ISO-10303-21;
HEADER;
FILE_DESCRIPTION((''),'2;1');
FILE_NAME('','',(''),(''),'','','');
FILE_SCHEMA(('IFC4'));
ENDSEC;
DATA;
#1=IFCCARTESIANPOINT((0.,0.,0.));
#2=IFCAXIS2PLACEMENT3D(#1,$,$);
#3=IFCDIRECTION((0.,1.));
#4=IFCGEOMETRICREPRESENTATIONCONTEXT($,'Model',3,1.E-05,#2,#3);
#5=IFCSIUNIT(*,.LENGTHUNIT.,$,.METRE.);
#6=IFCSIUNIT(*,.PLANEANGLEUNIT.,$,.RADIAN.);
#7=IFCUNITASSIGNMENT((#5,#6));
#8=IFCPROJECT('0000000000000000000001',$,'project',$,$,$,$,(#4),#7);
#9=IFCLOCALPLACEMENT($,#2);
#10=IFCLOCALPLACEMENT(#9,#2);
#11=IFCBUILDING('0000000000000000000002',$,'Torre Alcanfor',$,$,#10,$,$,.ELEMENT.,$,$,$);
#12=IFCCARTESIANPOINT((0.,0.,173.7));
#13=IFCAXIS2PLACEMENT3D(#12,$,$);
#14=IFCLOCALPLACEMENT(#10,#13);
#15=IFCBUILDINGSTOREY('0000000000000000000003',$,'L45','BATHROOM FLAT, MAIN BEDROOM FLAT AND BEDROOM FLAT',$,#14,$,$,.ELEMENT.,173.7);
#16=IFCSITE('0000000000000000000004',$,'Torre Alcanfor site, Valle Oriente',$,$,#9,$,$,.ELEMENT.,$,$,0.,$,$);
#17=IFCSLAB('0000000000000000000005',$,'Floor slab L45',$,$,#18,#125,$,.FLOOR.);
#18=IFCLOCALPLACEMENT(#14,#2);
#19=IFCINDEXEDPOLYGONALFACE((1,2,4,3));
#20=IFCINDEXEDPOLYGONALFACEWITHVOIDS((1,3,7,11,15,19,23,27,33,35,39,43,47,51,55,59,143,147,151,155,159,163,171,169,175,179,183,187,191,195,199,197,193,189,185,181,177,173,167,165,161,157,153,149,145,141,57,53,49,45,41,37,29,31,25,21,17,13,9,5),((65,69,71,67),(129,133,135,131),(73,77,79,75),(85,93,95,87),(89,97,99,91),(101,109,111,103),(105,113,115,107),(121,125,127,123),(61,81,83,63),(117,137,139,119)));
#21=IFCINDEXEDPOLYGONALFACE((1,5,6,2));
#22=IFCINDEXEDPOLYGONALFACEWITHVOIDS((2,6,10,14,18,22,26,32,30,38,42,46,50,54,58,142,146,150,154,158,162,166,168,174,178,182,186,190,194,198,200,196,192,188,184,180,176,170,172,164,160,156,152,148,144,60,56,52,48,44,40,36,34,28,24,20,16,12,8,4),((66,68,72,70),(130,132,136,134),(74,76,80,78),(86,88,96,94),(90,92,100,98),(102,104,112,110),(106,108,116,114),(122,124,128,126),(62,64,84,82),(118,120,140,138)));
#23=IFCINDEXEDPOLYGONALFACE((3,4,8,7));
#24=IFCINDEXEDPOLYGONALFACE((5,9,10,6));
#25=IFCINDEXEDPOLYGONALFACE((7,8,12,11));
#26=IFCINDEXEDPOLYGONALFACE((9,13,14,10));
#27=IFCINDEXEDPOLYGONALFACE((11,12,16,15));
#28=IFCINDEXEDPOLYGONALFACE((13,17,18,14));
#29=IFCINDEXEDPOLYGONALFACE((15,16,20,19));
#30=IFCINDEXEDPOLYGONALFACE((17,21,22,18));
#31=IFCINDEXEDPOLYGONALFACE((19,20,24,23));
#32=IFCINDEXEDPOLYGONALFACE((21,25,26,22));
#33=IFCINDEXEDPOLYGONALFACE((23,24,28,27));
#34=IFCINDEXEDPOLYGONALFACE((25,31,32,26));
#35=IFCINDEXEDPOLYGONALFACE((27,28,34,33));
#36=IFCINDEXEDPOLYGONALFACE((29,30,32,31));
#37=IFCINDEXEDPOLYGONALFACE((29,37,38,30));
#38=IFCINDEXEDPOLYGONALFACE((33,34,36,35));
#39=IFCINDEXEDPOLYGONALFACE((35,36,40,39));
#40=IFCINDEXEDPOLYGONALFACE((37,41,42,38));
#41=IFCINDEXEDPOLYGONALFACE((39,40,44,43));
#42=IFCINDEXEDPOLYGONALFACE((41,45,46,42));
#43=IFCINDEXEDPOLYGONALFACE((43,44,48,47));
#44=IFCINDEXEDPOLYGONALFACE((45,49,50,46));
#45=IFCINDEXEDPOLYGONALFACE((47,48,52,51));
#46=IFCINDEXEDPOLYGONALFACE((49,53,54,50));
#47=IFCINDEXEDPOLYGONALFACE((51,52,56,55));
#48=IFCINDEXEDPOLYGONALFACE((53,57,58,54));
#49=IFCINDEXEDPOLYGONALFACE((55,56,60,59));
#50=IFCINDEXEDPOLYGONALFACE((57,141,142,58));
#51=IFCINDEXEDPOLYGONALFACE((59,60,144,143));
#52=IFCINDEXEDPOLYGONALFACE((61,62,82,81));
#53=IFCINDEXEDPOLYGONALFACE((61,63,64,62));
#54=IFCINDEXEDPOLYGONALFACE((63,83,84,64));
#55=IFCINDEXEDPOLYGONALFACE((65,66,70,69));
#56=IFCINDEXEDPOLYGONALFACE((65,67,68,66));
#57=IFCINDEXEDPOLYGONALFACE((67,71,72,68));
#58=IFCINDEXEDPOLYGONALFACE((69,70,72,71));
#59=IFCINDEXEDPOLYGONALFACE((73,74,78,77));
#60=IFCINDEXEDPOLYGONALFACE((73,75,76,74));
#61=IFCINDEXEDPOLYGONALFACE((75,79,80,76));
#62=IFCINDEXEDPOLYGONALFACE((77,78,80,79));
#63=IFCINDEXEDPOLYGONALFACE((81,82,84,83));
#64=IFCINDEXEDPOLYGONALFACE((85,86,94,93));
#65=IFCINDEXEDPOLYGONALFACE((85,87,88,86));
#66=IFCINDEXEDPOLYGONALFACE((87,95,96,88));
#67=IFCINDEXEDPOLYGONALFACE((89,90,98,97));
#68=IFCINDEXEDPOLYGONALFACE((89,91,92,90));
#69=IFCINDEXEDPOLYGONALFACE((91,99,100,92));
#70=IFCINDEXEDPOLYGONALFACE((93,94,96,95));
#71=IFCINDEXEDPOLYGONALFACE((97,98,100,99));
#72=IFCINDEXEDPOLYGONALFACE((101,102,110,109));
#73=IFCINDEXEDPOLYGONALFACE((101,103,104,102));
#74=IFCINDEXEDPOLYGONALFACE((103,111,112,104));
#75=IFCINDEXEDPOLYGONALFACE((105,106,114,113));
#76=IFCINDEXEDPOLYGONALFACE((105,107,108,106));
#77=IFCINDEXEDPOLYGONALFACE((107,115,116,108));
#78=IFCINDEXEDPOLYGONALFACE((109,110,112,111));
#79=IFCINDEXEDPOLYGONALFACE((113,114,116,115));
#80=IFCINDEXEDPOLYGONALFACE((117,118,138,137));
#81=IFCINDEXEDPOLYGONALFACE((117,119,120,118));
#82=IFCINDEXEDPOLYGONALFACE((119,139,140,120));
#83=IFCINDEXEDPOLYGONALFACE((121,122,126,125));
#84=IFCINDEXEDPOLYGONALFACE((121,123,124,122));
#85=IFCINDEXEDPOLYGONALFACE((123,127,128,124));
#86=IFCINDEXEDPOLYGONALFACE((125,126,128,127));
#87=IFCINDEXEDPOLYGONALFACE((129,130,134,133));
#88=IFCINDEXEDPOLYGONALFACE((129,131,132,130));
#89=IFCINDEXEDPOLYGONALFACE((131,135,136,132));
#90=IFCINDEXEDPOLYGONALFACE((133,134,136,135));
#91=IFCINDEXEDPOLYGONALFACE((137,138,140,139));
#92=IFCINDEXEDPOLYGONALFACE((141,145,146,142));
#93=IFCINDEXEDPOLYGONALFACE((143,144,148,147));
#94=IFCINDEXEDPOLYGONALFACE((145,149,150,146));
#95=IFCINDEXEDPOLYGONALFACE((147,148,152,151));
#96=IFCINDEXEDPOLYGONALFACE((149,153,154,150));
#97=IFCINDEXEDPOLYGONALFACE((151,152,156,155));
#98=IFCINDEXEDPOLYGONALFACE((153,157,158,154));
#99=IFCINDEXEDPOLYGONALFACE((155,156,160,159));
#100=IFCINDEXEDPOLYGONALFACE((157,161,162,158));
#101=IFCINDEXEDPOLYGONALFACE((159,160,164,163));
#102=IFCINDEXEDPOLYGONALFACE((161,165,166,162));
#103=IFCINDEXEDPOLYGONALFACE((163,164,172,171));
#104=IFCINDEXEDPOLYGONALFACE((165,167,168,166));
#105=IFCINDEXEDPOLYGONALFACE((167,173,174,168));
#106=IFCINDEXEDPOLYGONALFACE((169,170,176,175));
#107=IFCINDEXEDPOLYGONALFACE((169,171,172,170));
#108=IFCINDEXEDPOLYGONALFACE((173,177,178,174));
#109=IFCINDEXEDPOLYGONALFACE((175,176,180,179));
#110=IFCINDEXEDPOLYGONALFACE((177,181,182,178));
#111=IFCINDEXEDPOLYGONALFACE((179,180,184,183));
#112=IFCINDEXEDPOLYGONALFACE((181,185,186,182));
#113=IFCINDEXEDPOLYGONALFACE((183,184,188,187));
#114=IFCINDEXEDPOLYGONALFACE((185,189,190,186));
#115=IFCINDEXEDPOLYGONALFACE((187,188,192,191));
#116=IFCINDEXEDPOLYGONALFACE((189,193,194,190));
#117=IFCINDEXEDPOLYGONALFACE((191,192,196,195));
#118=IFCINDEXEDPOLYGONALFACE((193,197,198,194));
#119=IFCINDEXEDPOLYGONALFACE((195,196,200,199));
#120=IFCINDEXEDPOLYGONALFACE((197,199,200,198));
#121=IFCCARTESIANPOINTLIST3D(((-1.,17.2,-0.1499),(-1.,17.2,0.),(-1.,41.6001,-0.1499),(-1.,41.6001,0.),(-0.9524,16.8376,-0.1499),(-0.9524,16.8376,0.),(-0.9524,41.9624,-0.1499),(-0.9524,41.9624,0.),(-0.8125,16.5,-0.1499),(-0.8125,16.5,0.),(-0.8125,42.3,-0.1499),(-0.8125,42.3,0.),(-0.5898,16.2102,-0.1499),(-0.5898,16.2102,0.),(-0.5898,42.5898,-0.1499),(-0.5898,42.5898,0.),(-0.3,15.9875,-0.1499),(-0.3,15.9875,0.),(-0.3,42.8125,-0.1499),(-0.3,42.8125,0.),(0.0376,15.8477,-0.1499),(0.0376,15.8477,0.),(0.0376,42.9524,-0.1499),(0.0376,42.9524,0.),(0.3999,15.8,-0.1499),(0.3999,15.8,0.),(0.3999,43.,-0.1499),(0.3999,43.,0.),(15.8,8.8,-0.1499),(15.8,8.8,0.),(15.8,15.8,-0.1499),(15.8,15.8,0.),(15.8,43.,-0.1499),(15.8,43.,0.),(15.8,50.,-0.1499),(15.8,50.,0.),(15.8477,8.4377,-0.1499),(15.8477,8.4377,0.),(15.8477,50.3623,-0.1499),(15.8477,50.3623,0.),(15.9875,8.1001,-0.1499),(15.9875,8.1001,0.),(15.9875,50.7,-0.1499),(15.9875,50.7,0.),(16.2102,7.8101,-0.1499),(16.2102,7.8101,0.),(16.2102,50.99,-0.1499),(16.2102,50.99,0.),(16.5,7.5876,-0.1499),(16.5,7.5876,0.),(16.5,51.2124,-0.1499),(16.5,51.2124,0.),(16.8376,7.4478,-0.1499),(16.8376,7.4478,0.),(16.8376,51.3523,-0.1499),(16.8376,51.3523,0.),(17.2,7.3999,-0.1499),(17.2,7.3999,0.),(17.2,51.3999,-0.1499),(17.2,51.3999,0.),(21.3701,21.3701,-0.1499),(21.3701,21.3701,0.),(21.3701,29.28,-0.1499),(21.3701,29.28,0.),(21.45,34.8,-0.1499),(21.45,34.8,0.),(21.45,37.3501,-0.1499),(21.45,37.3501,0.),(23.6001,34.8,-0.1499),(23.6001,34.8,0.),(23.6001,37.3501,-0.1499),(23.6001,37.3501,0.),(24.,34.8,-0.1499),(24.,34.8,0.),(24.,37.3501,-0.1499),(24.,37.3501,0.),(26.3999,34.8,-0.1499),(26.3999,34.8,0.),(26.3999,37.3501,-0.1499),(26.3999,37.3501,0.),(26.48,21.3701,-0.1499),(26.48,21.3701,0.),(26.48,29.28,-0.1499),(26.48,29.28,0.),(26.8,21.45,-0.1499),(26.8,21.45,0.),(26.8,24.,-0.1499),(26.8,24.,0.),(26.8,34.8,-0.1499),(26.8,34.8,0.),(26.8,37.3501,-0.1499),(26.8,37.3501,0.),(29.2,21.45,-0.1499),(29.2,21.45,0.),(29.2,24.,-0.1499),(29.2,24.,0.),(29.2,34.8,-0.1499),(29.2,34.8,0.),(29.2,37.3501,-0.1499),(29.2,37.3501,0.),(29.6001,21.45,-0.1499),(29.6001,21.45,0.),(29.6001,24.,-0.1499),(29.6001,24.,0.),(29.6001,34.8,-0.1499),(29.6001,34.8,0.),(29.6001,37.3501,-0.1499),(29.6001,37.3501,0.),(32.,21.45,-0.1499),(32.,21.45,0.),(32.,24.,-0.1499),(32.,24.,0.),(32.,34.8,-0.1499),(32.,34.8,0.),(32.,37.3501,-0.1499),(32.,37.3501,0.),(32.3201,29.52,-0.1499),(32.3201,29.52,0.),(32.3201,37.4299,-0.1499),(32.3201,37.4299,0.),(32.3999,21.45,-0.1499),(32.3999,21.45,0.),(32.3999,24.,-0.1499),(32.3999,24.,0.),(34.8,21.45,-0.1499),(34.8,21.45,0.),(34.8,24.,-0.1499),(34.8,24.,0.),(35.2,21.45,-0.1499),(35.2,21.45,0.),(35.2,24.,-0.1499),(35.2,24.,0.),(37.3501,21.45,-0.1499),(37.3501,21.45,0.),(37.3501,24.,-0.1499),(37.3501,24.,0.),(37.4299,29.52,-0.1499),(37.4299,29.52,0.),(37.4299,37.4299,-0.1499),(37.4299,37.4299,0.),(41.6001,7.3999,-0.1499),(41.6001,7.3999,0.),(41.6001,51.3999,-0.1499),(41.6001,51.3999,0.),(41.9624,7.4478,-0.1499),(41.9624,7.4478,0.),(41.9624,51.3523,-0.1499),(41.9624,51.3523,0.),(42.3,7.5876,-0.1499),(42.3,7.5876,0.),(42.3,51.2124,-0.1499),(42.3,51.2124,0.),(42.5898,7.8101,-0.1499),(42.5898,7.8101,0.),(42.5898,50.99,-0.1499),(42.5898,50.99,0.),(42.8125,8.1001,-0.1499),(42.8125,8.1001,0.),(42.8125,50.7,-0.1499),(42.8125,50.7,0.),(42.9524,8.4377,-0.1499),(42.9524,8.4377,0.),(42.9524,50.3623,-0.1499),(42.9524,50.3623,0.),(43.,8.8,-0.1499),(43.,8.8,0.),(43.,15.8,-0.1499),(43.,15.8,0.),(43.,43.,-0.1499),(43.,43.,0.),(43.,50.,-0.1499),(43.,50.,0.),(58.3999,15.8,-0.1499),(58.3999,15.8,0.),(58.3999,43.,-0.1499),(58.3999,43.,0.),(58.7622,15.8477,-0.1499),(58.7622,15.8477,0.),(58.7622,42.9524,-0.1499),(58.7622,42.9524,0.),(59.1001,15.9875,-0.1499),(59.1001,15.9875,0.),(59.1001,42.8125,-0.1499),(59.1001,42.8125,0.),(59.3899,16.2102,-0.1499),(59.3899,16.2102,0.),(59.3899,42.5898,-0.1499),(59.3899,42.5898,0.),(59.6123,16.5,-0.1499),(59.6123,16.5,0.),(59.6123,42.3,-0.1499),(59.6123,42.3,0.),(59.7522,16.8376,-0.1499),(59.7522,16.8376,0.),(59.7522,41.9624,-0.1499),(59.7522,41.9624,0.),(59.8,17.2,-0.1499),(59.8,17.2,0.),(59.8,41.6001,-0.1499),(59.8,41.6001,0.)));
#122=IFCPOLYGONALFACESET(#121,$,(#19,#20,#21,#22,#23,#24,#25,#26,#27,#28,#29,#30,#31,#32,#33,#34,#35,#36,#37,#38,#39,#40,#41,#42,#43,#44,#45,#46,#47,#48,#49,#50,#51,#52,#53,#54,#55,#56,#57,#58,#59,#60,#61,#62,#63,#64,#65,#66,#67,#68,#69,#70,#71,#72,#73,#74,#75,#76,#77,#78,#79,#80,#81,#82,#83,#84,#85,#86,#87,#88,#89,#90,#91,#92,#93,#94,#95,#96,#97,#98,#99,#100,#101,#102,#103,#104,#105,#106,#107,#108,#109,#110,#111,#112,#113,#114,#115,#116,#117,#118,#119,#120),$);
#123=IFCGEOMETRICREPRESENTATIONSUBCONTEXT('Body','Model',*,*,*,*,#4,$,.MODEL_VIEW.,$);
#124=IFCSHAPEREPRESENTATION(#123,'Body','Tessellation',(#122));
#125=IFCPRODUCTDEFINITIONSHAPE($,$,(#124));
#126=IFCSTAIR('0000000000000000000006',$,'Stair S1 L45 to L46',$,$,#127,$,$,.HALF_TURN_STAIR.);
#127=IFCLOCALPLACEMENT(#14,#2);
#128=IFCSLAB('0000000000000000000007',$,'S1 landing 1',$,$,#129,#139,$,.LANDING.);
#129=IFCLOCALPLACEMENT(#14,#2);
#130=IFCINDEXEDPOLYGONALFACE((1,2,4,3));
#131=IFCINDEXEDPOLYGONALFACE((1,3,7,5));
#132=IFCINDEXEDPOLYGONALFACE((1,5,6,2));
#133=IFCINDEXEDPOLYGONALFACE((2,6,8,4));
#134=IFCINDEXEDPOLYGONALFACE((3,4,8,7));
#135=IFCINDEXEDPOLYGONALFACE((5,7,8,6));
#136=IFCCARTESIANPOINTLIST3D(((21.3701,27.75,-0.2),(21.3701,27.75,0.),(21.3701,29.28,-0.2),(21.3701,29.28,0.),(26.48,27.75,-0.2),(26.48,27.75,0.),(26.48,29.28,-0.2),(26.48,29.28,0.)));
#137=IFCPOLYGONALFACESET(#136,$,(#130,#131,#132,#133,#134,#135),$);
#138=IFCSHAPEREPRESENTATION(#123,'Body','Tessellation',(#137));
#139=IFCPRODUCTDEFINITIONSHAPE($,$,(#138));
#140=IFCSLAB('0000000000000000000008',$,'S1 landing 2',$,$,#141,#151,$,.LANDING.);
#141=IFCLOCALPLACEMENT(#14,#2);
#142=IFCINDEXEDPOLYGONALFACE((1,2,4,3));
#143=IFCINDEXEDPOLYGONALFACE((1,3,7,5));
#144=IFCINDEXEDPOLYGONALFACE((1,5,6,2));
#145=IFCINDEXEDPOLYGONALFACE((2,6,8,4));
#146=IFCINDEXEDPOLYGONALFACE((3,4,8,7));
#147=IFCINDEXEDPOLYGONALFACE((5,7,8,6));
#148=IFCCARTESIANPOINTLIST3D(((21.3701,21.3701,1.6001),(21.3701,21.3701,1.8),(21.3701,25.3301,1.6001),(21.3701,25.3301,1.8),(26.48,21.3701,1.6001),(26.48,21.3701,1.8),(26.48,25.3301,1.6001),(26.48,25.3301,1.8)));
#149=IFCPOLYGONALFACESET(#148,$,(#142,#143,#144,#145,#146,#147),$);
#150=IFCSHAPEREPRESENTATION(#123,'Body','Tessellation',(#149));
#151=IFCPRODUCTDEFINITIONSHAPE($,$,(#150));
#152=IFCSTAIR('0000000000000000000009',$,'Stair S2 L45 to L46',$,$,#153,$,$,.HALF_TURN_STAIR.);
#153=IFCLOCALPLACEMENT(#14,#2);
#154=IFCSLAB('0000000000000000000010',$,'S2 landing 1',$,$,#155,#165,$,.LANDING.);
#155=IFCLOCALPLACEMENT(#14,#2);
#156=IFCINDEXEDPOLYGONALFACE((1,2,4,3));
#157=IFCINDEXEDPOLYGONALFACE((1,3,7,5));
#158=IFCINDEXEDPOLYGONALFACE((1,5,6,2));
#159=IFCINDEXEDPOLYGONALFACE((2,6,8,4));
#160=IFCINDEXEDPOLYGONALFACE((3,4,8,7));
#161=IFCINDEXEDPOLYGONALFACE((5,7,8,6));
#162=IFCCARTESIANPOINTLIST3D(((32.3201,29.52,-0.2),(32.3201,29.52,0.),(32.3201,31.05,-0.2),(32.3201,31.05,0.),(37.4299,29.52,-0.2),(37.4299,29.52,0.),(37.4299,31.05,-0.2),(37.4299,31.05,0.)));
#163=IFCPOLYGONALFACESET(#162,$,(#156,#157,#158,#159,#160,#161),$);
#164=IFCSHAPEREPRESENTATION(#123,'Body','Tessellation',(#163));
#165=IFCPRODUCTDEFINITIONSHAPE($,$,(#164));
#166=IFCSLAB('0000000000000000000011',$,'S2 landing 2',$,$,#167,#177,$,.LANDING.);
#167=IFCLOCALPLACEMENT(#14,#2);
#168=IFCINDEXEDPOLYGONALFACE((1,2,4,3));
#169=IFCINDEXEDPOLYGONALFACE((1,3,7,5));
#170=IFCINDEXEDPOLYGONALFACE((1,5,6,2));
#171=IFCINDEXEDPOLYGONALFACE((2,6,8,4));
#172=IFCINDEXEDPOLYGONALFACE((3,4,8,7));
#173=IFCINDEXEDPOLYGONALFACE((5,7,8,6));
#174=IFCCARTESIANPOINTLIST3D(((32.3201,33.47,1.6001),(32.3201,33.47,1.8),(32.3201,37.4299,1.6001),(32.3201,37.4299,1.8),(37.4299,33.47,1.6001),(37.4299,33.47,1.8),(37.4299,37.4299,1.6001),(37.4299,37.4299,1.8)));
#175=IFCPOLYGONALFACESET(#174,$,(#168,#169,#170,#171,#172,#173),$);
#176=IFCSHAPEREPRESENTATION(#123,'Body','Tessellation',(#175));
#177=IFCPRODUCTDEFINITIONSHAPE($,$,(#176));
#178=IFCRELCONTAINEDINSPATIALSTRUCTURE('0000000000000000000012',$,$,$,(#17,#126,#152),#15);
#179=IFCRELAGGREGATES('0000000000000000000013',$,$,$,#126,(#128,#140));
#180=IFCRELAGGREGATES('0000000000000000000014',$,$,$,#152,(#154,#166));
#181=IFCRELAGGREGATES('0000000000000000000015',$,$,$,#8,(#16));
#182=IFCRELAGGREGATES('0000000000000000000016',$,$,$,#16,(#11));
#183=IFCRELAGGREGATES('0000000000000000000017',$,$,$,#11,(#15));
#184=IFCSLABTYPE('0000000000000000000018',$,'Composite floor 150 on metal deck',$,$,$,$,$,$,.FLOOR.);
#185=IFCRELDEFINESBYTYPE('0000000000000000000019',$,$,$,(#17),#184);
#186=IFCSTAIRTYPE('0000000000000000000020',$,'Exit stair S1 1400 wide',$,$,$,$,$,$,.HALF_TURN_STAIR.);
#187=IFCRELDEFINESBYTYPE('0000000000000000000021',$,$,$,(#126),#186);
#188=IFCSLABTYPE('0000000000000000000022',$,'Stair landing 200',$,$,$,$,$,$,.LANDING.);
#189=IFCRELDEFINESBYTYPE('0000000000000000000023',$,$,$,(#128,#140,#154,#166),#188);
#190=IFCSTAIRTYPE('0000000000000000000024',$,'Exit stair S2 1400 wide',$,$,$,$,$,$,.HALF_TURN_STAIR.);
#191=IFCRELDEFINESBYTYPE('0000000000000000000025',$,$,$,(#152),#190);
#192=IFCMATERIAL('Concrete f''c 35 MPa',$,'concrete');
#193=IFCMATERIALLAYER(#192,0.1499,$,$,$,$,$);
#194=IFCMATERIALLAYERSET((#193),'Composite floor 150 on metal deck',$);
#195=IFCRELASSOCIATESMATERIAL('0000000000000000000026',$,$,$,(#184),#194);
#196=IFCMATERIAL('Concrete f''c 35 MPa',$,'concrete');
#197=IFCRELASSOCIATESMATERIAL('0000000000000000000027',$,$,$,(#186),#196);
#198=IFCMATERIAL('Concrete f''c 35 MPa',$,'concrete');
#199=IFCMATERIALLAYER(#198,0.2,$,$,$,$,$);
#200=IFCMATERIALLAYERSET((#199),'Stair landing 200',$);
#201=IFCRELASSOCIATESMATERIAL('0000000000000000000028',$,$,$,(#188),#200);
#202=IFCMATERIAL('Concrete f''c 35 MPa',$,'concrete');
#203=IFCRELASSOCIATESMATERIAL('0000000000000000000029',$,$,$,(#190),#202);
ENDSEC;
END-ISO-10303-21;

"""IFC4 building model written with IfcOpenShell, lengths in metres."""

from ifc_helpers import new_model, si_unit, direction, frame, origin, place, context, subcontext, project, spatial, polyline, outline, extrude, material, layer, layer_set, type_object, element, aggregate, save


model = new_model("IFC4")

# Units and contexts
model_context = context("Model", 3, precision=1e-05, world=origin(), true_north=direction((0.0, 1.0)))
body_context = subcontext(model_context, "Body", "Model", "MODEL_VIEW")
ifc_project = project(units=[si_unit("LENGTHUNIT", "METRE"), si_unit("PLANEANGLEUNIT", "RADIAN")], contexts=[model_context])

# Site, building, storey
site_placement = place(None, origin())
site = spatial("IfcSite", under=ifc_project, at=site_placement, Name="Torre Alcanfor site, Valle Oriente", CompositionType="ELEMENT", RefElevation=0.0)
building_placement = place(site_placement, origin())
building = spatial("IfcBuilding", under=site, at=building_placement, Name="Torre Alcanfor", CompositionType="ELEMENT")
storey_placement = place(building_placement, frame((0.0, 0.0, 173.7)))
storey = spatial("IfcBuildingStorey", under=building, at=storey_placement, Name="L45", Description="BATHROOM FLAT, MAIN BEDROOM FLAT AND BEDROOM FLAT", CompositionType="ELEMENT", Elevation=173.7)

# Slab
ifc_material_1 = material(Name="Concrete f'c 35 MPa", Category="concrete")
ifc_layer_1 = layer(ifc_material_1, 0.1499)
ifc_layer_set_1 = layer_set([ifc_layer_1], Name="Composite floor 150 on metal deck")
slab_type_1 = type_object("IfcSlabType", Name="Composite floor 150 on metal deck", PredefinedType="FLOOR", material=ifc_layer_set_1)
slab_1_placement = place(storey_placement, frame((0.0, 0.0, -0.1499)))
element("IfcSlab", 1, at=slab_1_placement, inside=storey, type_object=slab_type_1, Name="Floor slab L45", PredefinedType="FLOOR", context=body_context, shape_type="SweptSolid", body=[
    extrude(outline(polyline([(15.8, 43.0), (0.3999, 43.0), (0.0376, 42.9524), (-0.3, 42.8125), (-0.5898, 42.5898), (-0.8125, 42.3), (-0.9524, 41.9624), (-1.0, 41.6001), (-1.0, 17.2), (-0.9524, 16.8376), (-0.8125, 16.5), (-0.5898, 16.2102), (-0.3, 15.9875), (0.0376, 15.8477), (0.3999, 15.8), (15.8, 15.8), (15.8, 8.8), (15.8477, 8.4377), (15.9875, 8.1001), (16.2102, 7.8101), (16.5, 7.5876), (16.8376, 7.4478), (17.2, 7.3999), (41.6001, 7.3999), (41.9624, 7.4478), (42.3, 7.5876), (42.5898, 7.8101), (42.8125, 8.1001), (42.9524, 8.4377), (43.0, 8.8), (43.0, 15.8), (58.3999, 15.8), (58.7622, 15.8477), (59.1001, 15.9875), (59.3899, 16.2102), (59.6123, 16.5), (59.7522, 16.8376), (59.8, 17.2), (59.8, 41.6001), (59.7522, 41.9624), (59.6123, 42.3), (59.3899, 42.5898), (59.1001, 42.8125), (58.7622, 42.9524), (58.3999, 43.0), (43.0, 43.0), (43.0, 50.0), (42.9524, 50.3623), (42.8125, 50.7), (42.5898, 50.99), (42.3, 51.2124), (41.9624, 51.3523), (41.6001, 51.3999), (17.2, 51.3999), (16.8376, 51.3523), (16.5, 51.2124), (16.2102, 50.99), (15.9875, 50.7), (15.8477, 50.3623), (15.8, 50.0), (15.8, 43.0)]), holes=[polyline([(21.3701, 21.3701), (26.48, 21.3701), (26.48, 29.28), (21.3701, 29.28), (21.3701, 21.3701)]), polyline([(32.3201, 29.52), (37.4299, 29.52), (37.4299, 37.4299), (32.3201, 37.4299), (32.3201, 29.52)]), polyline([(26.8, 21.45), (29.2, 21.45), (29.2, 24.0), (26.8, 24.0), (26.8, 21.45)]), polyline([(29.6001, 21.45), (32.0, 21.45), (32.0, 24.0), (29.6001, 24.0), (29.6001, 21.45)]), polyline([(32.3999, 21.45), (34.8, 21.45), (34.8, 24.0), (32.3999, 24.0), (32.3999, 21.45)]), polyline([(35.2, 21.45), (37.3501, 21.45), (37.3501, 24.0), (35.2, 24.0), (35.2, 21.45)]), polyline([(21.45, 34.8), (23.6001, 34.8), (23.6001, 37.3501), (21.45, 37.3501), (21.45, 34.8)]), polyline([(24.0, 34.8), (26.3999, 34.8), (26.3999, 37.3501), (24.0, 37.3501), (24.0, 34.8)]), polyline([(26.8, 34.8), (29.2, 34.8), (29.2, 37.3501), (26.8, 37.3501), (26.8, 34.8)]), polyline([(29.6001, 34.8), (32.0, 34.8), (32.0, 37.3501), (29.6001, 37.3501), (29.6001, 34.8)])]), origin(), (0.0, 0.0, 1.0), 0.1499),
])

# Stairs, slabs
ifc_material_2 = material(Name="Concrete f'c 35 MPa", Category="concrete")
stair_type_1 = type_object("IfcStairType", Name="Exit stair S1 1400 wide", PredefinedType="HALF_TURN_STAIR", material=ifc_material_2)
stair_1_placement = place(storey_placement, origin())
stair_1 = element("IfcStair", 2, at=stair_1_placement, inside=storey, type_object=stair_type_1, Name="Stair S1 L45 to L46", PredefinedType="HALF_TURN_STAIR")
ifc_material_3 = material(Name="Concrete f'c 35 MPa", Category="concrete")
ifc_layer_2 = layer(ifc_material_3, 0.2)
ifc_layer_set_2 = layer_set([ifc_layer_2], Name="Stair landing 200")
slab_type_2 = type_object("IfcSlabType", Name="Stair landing 200", PredefinedType="LANDING", material=ifc_layer_set_2)
slab_2_placement = place(storey_placement, frame((0.0, 0.0, -0.2)))
slab_2 = element("IfcSlab", 3, at=slab_2_placement, type_object=slab_type_2, Name="S1 landing 1", PredefinedType="LANDING", context=body_context, shape_type="SweptSolid", body=[
    extrude(outline(polyline([(21.3701, 27.75), (26.48, 27.75), (26.48, 29.28), (21.3701, 29.28), (21.3701, 27.75)])), origin(), (0.0, 0.0, 1.0), 0.2),
])
slab_3_placement = place(storey_placement, frame((0.0, 0.0, 1.6001)))
slab_3 = element("IfcSlab", 4, at=slab_3_placement, type_object=slab_type_2, Name="S1 landing 2", PredefinedType="LANDING", context=body_context, shape_type="SweptSolid", body=[
    extrude(outline(polyline([(21.3701, 21.3701), (26.48, 21.3701), (26.48, 25.3301), (21.3701, 25.3301), (21.3701, 21.3701)])), origin(), (0.0, 0.0, 1.0), 0.2),
])
aggregate(stair_1, [slab_2, slab_3])
ifc_material_4 = material(Name="Concrete f'c 35 MPa", Category="concrete")
stair_type_2 = type_object("IfcStairType", Name="Exit stair S2 1400 wide", PredefinedType="HALF_TURN_STAIR", material=ifc_material_4)
stair_2_placement = place(storey_placement, origin())
stair_2 = element("IfcStair", 5, at=stair_2_placement, inside=storey, type_object=stair_type_2, Name="Stair S2 L45 to L46", PredefinedType="HALF_TURN_STAIR")
slab_4_placement = place(storey_placement, frame((0.0, 0.0, -0.2)))
slab_4 = element("IfcSlab", 6, at=slab_4_placement, type_object=slab_type_2, Name="S2 landing 1", PredefinedType="LANDING", context=body_context, shape_type="SweptSolid", body=[
    extrude(outline(polyline([(32.3201, 29.52), (37.4299, 29.52), (37.4299, 31.05), (32.3201, 31.05), (32.3201, 29.52)])), origin(), (0.0, 0.0, 1.0), 0.2),
])
slab_5_placement = place(storey_placement, frame((0.0, 0.0, 1.6001)))
slab_5 = element("IfcSlab", 7, at=slab_5_placement, type_object=slab_type_2, Name="S2 landing 2", PredefinedType="LANDING", context=body_context, shape_type="SweptSolid", body=[
    extrude(outline(polyline([(32.3201, 33.47), (37.4299, 33.47), (37.4299, 37.4299), (32.3201, 37.4299), (32.3201, 33.47)])), origin(), (0.0, 0.0, 1.0), 0.2),
])
aggregate(stair_2, [slab_4, slab_5])

save(model, "model.ifc")
